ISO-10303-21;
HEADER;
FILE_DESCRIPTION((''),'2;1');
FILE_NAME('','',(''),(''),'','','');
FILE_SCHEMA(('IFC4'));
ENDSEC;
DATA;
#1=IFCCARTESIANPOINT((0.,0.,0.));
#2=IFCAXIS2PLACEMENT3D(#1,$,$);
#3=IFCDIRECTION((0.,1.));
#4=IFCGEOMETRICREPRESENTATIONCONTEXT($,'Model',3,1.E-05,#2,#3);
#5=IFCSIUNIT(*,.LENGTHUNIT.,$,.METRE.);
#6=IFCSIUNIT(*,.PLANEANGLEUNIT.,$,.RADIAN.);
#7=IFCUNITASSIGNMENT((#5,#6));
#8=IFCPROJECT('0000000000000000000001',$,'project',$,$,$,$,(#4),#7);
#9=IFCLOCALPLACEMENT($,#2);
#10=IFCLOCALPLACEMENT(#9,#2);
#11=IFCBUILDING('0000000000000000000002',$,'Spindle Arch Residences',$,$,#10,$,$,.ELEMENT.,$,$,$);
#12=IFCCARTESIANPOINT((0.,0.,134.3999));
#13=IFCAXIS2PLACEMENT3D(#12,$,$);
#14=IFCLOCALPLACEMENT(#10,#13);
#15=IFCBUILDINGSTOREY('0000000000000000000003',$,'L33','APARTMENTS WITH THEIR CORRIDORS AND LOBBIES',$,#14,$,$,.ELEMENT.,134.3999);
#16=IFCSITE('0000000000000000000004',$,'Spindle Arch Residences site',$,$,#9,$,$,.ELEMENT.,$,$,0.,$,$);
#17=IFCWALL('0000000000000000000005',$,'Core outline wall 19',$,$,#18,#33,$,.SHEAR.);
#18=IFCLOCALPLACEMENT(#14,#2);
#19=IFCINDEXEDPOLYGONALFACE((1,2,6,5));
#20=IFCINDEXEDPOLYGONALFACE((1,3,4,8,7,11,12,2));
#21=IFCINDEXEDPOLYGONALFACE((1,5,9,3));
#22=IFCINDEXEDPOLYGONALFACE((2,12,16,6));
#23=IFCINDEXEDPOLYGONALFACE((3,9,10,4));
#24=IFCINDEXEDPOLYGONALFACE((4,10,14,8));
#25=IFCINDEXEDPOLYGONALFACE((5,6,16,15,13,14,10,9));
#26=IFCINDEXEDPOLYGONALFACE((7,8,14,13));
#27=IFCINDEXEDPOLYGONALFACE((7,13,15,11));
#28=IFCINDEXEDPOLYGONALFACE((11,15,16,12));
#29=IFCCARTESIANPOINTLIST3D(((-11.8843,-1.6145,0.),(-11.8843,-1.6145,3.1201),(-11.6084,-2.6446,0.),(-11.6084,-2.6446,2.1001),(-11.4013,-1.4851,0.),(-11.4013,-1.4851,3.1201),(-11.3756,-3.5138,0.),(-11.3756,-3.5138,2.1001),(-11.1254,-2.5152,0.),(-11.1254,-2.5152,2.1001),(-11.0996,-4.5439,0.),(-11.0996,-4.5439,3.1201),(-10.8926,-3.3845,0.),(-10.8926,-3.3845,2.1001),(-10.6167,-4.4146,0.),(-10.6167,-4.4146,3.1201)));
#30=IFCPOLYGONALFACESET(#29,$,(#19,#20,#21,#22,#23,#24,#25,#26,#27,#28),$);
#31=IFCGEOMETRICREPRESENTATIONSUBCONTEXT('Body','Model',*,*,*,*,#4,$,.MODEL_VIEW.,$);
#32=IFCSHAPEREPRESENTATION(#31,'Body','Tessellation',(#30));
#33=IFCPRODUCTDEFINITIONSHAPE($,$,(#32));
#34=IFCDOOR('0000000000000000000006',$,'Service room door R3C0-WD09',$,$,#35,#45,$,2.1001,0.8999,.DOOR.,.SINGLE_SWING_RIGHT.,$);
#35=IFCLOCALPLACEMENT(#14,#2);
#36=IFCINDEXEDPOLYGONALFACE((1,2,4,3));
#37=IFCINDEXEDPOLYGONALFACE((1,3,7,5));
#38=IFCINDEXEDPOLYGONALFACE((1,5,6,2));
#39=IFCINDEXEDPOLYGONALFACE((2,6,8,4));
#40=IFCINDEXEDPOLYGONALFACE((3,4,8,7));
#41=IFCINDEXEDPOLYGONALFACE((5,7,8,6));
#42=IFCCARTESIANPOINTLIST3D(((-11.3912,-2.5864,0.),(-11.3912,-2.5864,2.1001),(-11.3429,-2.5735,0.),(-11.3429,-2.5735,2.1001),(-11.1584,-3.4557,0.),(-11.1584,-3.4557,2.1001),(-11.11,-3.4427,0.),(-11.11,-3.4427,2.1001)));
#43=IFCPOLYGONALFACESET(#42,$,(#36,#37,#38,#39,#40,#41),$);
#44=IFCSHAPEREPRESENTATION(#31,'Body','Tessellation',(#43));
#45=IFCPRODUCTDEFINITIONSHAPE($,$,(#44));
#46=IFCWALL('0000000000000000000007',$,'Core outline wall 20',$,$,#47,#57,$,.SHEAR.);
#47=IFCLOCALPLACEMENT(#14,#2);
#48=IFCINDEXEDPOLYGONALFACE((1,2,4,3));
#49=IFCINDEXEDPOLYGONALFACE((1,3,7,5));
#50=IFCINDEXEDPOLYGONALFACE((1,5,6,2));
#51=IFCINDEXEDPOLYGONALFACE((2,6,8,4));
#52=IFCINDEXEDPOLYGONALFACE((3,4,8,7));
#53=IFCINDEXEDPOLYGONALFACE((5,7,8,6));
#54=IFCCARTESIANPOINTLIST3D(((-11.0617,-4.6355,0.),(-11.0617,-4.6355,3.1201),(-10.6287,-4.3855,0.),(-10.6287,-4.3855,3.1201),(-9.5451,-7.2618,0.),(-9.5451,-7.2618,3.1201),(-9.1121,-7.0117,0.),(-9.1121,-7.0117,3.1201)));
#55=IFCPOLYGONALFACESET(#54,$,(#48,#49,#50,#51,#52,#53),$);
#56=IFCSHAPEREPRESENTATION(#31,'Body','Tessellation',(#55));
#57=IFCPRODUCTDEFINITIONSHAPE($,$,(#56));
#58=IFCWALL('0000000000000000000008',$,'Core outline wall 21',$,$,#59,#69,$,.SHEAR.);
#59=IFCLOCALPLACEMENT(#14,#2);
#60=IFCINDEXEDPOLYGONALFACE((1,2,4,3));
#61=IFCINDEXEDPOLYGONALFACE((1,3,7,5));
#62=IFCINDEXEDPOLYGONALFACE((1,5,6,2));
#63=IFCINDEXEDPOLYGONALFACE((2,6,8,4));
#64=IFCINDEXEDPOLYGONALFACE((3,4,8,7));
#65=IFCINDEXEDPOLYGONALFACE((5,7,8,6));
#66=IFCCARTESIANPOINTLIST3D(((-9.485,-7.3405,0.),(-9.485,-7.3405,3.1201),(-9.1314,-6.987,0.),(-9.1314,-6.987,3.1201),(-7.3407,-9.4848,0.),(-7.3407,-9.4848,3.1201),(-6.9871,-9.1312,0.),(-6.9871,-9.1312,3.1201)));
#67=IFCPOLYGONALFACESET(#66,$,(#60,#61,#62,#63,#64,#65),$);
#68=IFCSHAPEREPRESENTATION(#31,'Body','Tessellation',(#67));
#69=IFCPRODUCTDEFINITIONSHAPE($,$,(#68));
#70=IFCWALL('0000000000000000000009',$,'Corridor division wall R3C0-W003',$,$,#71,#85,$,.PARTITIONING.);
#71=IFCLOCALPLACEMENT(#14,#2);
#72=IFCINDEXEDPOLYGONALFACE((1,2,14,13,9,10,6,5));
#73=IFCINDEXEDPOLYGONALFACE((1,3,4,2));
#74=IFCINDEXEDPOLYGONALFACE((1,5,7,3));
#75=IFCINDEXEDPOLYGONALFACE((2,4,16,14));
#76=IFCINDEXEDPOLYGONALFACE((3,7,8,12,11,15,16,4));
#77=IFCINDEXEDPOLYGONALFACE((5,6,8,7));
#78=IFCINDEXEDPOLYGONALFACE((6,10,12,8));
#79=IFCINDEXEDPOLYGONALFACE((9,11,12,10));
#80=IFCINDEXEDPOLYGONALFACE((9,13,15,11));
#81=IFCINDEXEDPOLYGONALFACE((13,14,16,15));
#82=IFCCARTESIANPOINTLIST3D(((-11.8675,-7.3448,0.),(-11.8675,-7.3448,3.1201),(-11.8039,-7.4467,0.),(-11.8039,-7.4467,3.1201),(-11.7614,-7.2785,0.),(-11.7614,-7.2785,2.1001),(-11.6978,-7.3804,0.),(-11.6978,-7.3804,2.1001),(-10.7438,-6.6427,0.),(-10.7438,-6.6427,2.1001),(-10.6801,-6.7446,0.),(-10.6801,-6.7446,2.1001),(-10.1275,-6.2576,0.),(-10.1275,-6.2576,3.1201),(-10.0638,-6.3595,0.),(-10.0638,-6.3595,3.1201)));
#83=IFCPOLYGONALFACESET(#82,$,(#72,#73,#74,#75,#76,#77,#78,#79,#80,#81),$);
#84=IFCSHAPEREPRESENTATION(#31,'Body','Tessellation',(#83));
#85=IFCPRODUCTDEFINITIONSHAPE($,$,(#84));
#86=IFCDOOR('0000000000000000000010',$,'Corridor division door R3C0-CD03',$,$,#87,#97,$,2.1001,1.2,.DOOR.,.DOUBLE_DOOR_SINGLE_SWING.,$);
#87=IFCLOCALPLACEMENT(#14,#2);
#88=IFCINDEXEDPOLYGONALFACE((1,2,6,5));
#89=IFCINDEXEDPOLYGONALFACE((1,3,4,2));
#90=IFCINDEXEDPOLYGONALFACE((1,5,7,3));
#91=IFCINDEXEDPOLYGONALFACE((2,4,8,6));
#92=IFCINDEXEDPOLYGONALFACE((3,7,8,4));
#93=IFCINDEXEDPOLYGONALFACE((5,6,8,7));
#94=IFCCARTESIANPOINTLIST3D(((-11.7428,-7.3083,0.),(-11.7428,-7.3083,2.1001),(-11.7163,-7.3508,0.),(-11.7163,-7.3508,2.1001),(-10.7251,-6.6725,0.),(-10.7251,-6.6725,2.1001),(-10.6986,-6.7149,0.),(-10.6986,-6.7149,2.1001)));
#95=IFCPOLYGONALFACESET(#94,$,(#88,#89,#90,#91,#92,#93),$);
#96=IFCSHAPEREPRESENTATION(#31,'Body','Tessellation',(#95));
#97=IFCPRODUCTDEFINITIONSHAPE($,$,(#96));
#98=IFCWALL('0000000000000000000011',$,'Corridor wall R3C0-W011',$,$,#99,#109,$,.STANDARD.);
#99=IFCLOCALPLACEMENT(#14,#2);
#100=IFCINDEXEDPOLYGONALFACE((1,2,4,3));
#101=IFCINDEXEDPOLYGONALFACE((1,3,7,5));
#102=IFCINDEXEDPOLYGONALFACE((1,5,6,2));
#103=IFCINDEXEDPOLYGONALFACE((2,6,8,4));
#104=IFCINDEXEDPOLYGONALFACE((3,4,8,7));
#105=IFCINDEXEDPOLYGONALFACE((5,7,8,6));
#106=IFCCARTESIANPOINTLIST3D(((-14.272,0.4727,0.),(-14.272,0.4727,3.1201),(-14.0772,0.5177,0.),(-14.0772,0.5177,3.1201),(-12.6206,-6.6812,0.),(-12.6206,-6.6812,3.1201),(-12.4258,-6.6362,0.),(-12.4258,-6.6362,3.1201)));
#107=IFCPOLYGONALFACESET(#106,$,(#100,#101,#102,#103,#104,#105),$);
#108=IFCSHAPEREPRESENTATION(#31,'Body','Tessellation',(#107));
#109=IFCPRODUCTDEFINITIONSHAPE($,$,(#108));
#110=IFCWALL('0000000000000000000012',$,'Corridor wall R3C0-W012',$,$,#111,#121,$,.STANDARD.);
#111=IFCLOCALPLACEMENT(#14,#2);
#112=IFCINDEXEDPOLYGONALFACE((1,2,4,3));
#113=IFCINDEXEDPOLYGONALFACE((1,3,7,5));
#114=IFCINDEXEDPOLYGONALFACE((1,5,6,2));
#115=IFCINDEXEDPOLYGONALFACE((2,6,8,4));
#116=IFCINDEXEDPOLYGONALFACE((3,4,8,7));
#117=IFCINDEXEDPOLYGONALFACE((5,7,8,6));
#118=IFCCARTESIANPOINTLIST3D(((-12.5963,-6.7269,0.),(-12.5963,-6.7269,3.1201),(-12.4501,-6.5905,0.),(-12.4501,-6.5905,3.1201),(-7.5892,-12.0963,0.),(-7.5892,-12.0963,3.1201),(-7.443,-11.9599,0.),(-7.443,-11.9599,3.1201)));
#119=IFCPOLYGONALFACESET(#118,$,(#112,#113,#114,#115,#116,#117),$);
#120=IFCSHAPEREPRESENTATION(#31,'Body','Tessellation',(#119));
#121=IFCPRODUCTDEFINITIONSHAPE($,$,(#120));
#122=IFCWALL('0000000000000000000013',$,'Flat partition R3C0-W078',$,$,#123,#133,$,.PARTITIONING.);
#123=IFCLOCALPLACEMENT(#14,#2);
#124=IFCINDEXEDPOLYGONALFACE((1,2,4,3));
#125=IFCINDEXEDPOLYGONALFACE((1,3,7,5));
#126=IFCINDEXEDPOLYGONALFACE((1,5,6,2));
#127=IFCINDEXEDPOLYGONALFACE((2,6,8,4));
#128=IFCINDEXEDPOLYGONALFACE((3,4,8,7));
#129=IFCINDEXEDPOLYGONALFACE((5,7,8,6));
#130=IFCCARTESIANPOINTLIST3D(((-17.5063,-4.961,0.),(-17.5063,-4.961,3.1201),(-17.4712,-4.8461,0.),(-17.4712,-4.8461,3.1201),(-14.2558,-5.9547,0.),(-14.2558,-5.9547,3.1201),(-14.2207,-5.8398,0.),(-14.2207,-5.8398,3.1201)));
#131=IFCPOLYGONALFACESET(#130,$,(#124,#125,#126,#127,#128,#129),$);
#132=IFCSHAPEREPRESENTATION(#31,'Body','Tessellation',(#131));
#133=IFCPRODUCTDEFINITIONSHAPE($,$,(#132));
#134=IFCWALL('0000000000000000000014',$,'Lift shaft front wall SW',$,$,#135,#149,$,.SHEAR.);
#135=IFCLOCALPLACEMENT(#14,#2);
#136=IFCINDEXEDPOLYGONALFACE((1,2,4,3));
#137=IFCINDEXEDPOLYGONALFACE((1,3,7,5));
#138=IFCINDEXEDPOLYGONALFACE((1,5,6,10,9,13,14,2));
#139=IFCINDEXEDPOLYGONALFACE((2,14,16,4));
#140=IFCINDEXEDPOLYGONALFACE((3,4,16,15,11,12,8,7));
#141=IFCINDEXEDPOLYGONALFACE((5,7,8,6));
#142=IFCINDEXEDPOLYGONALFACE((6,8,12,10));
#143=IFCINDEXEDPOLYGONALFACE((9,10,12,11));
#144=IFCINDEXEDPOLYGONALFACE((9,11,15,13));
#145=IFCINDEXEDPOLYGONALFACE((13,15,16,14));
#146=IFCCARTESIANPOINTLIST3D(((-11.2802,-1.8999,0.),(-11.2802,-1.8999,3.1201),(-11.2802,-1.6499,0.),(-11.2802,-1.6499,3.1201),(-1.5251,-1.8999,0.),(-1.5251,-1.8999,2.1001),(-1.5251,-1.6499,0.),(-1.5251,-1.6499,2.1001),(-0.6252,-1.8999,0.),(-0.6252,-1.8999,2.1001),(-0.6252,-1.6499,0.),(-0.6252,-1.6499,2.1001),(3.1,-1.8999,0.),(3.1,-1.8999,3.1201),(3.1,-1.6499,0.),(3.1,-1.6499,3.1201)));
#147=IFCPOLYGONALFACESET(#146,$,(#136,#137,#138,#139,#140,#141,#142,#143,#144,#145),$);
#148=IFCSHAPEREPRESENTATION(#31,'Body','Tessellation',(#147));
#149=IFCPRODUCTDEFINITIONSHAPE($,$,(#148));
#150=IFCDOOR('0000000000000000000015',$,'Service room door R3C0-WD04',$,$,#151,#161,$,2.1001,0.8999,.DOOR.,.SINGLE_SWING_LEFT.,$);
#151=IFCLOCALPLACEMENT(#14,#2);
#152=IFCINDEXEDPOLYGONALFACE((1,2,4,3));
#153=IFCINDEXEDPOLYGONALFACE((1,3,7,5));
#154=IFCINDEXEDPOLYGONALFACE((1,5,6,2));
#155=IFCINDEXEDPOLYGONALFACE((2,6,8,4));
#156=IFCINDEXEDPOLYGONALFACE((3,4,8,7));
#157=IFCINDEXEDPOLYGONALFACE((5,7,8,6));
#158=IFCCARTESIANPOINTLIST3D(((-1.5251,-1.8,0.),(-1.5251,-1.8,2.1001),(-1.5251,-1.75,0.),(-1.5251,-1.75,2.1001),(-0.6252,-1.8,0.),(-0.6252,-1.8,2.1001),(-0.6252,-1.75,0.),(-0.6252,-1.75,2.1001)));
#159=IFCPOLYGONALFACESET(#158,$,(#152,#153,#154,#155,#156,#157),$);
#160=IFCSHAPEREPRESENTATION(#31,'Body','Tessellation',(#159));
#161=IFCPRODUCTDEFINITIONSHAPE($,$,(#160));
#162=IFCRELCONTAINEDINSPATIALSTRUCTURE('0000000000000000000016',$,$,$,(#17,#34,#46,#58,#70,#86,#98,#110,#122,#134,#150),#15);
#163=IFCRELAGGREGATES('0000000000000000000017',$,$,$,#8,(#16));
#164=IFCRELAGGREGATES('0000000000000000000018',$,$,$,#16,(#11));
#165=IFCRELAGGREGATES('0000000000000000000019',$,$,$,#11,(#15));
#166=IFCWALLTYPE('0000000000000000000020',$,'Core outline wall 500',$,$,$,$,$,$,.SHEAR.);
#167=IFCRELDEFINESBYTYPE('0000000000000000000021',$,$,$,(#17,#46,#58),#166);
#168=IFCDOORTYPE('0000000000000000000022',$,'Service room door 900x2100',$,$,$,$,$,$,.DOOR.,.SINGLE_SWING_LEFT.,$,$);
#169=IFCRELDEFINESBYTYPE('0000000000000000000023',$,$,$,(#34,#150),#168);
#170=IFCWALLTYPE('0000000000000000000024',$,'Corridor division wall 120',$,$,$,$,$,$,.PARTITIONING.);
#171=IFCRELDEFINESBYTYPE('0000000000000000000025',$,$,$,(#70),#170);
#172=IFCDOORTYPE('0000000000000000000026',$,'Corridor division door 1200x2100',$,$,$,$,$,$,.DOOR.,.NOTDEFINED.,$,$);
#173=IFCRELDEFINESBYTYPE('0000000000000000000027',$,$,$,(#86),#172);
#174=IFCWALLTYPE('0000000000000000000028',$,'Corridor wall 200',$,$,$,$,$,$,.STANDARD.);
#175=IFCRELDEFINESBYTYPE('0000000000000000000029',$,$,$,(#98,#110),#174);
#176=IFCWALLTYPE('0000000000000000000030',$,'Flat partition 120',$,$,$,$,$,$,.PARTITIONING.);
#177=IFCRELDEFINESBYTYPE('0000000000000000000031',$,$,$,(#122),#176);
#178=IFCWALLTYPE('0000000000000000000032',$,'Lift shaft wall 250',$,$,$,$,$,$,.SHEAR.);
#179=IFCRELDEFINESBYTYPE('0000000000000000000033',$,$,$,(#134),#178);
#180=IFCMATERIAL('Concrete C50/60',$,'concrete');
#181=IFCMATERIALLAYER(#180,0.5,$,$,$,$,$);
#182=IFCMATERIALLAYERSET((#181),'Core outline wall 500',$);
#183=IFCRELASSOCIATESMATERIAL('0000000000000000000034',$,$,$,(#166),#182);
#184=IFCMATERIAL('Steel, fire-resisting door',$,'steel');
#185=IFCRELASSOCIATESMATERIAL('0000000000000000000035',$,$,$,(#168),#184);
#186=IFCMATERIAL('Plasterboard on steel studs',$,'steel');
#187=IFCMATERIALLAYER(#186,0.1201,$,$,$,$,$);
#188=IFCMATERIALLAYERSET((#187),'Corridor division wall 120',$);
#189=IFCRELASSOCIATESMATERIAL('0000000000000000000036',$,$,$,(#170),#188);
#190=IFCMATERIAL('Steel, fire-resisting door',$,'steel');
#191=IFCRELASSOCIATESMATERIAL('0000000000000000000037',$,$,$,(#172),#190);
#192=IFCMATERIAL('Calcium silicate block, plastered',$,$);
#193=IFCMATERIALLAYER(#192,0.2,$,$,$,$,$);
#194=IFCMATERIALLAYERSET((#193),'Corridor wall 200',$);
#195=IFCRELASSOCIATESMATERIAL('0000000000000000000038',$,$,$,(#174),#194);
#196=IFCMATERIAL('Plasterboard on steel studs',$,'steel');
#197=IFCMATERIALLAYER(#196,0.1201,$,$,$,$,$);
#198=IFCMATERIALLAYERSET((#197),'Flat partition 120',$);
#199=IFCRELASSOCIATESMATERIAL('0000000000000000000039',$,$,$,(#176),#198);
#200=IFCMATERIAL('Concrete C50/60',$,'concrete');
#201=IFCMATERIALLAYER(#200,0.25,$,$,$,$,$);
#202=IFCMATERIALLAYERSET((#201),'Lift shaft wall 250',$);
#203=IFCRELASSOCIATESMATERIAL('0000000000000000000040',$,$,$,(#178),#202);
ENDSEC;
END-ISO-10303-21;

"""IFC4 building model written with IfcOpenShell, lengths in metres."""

from ifc_helpers import new_model, si_unit, direction, frame, frame_2d, origin, place, context, subcontext, project, spatial, rectangle, extrude, material, layer, layer_set, type_object, element, fill, save


model = new_model("IFC4")

# Units and contexts
model_context = context("Model", 3, precision=1e-05, world=origin(), true_north=direction((0.0, 1.0)))
body_context = subcontext(model_context, "Body", "Model", "MODEL_VIEW")
ifc_project = project(units=[si_unit("LENGTHUNIT", "METRE"), si_unit("PLANEANGLEUNIT", "RADIAN")], contexts=[model_context])

# Site, building, storey
site_placement = place(None, origin())
site = spatial("IfcSite", under=ifc_project, at=site_placement, Name="Spindle Arch Residences site", CompositionType="ELEMENT", RefElevation=0.0)
building_placement = place(site_placement, origin())
building = spatial("IfcBuilding", under=site, at=building_placement, Name="Spindle Arch Residences", CompositionType="ELEMENT")
storey_placement = place(building_placement, frame((0.0, 0.0, 134.3999)))
storey = spatial("IfcBuildingStorey", under=building, at=storey_placement, Name="L33", Description="APARTMENTS WITH THEIR CORRIDORS AND LOBBIES", CompositionType="ELEMENT", Elevation=134.3999)

# Wall, opening, door
ifc_material_1 = material(Name="Concrete C50/60", Category="concrete")
ifc_layer_1 = layer(ifc_material_1, 0.5)
ifc_layer_set_1 = layer_set([ifc_layer_1], Name="Core outline wall 500")
wall_type_1 = type_object("IfcWallType", Name="Core outline wall 500", PredefinedType="SHEAR", material=ifc_layer_set_1)
wall_1_placement = place(storey_placement, frame((-11.6428, -1.5498, 0.0), z_axis=(0.0, 0.0, 1.0), x_axis=(0.258735, -0.965948, 0.0)))
wall_1 = element("IfcWall", 1, at=wall_1_placement, inside=storey, type_object=wall_type_1, Name="Core outline wall 19", PredefinedType="SHEAR", context=body_context, shape_type="SweptSolid", body=[
    extrude(rectangle(XDim=3.0327, YDim=0.5, at=frame_2d((1.5164, 0.0))), origin(), (0.0, 0.0, 1.0), 3.1201),
])
opening_1_placement = place(wall_1_placement, frame((1.0664, 0.0, 0.0)))
opening_1 = element("IfcOpeningElement", 2, at=opening_1_placement, cuts=wall_1, PredefinedType="OPENING", context=body_context, shape_type="SweptSolid", body=[
    extrude(rectangle(XDim=0.8999, YDim=2.1001, at=frame_2d((0.45, 1.05))), frame((0.0, 0.26, 0.0), z_axis=(0.0, -1.0, 0.0), x_axis=(1.0, 0.0, 0.0)), (0.0, 0.0, 1.0), 0.52),
])
ifc_material_2 = material(Name="Steel, fire-resisting door", Category="steel")
door_type_1 = type_object("IfcDoorType", Name="Service room door 900x2100", OperationType="SINGLE_SWING_LEFT", PredefinedType="DOOR", material=ifc_material_2)
door_1_placement = place(opening_1_placement, origin())
door_1 = element("IfcDoor", 3, at=door_1_placement, inside=storey, type_object=door_type_1, Name="Service room door R3C0-WD09", OperationType="SINGLE_SWING_RIGHT", OverallHeight=2.1001, OverallWidth=0.8999, PredefinedType="DOOR", context=body_context, shape_type="SweptSolid", body=[
    extrude(rectangle(XDim=0.8999, YDim=2.1001, at=frame_2d((0.45, 1.05))), frame((0.0, 0.0249, 0.0), z_axis=(0.0, -1.0, 0.0), x_axis=(1.0, 0.0, 0.0)), (0.0, 0.0, 1.0), 0.05),
])
fill(opening_1, door_1)

# Walls
wall_2_placement = place(storey_placement, frame((-10.8452, -4.5105, 0.0), z_axis=(0.0, 0.0, 1.0), x_axis=(0.500087, -0.865975, 0.0)))
element("IfcWall", 4, at=wall_2_placement, inside=storey, type_object=wall_type_1, Name="Core outline wall 20", PredefinedType="SHEAR", context=body_context, shape_type="SweptSolid", body=[
    extrude(rectangle(XDim=3.0327, YDim=0.5, at=frame_2d((1.5164, 0.0))), origin(), (0.0, 0.0, 1.0), 3.1201),
])
wall_3_placement = place(storey_placement, frame((-9.3081, -7.1638, 0.0), z_axis=(0.0, 0.0, 1.0), x_axis=(0.707107, -0.707107, 0.0)))
element("IfcWall", 5, at=wall_3_placement, inside=storey, type_object=wall_type_1, Name="Core outline wall 21", PredefinedType="SHEAR", context=body_context, shape_type="SweptSolid", body=[
    extrude(rectangle(XDim=3.0325, YDim=0.5, at=frame_2d((1.5161, 0.0))), origin(), (0.0, 0.0, 1.0), 3.1201),
])

# Wall, opening, door
ifc_material_3 = material(Name="Plasterboard on steel studs", Category="steel")
ifc_layer_2 = layer(ifc_material_3, 0.1201)
ifc_layer_set_2 = layer_set([ifc_layer_2], Name="Corridor division wall 120")
wall_type_2 = type_object("IfcWallType", Name="Corridor division wall 120", PredefinedType="PARTITIONING", material=ifc_layer_set_2)
wall_4_placement = place(storey_placement, frame((-11.8357, -7.3958, 0.0), z_axis=(0.0, 0.0, 1.0), x_axis=(0.848072, 0.529881, 0.0)))
wall_4 = element("IfcWall", 6, at=wall_4_placement, inside=storey, type_object=wall_type_2, Name="Corridor division wall R3C0-W003", PredefinedType="PARTITIONING", context=body_context, shape_type="SweptSolid", body=[
    extrude(rectangle(XDim=2.0518, YDim=0.1201, at=frame_2d((1.0259, 0.0))), origin(), (0.0, 0.0, 1.0), 3.1201),
])
opening_2_placement = place(wall_4_placement, frame((0.125, 0.0, 0.0)))
opening_2 = element("IfcOpeningElement", 7, at=opening_2_placement, cuts=wall_4, PredefinedType="OPENING", context=body_context, shape_type="SweptSolid", body=[
    extrude(rectangle(XDim=1.2, YDim=2.1001, at=frame_2d((0.6001, 1.05))), frame((0.0, 0.0701, 0.0), z_axis=(0.0, -1.0, 0.0), x_axis=(1.0, 0.0, 0.0)), (0.0, 0.0, 1.0), 0.1401),
])
ifc_material_4 = material(Name="Steel, fire-resisting door", Category="steel")
door_type_2 = type_object("IfcDoorType", Name="Corridor division door 1200x2100", OperationType="NOTDEFINED", PredefinedType="DOOR", material=ifc_material_4)
door_2_placement = place(opening_2_placement, origin())
door_2 = element("IfcDoor", 8, at=door_2_placement, inside=storey, type_object=door_type_2, Name="Corridor division door R3C0-CD03", OperationType="DOUBLE_DOOR_SINGLE_SWING", OverallHeight=2.1001, OverallWidth=1.2, PredefinedType="DOOR", context=body_context, shape_type="SweptSolid", body=[
    extrude(rectangle(XDim=1.2, YDim=2.1001, at=frame_2d((0.6001, 1.05))), frame((0.0, 0.0249, 0.0), z_axis=(0.0, -1.0, 0.0), x_axis=(1.0, 0.0, 0.0)), (0.0, 0.0, 1.0), 0.05),
])
fill(opening_2, door_2)

# Walls
ifc_material_5 = material(Name="Calcium silicate block, plastered")
ifc_layer_3 = layer(ifc_material_5, 0.2)
ifc_layer_set_3 = layer_set([ifc_layer_3], Name="Corridor wall 200")
wall_type_3 = type_object("IfcWallType", Name="Corridor wall 200", PredefinedType="STANDARD", material=ifc_layer_set_3)
wall_5_placement = place(storey_placement, frame((-14.1746, 0.4951, 0.0), z_axis=(0.0, 0.0, 1.0), x_axis=(0.224923, -0.974377, 0.0)))
element("IfcWall", 9, at=wall_5_placement, inside=storey, type_object=wall_type_3, Name="Corridor wall R3C0-W011", PredefinedType="STANDARD", context=body_context, shape_type="SweptSolid", body=[
    extrude(rectangle(XDim=7.342, YDim=0.2, at=frame_2d((3.6709, 0.0))), origin(), (0.0, 0.0, 1.0), 3.1201),
])
wall_6_placement = place(storey_placement, frame((-12.5232, -6.6587, 0.0), z_axis=(0.0, 0.0, 1.0), x_axis=(0.682002, -0.73135, 0.0)))
element("IfcWall", 10, at=wall_6_placement, inside=storey, type_object=wall_type_3, Name="Corridor wall R3C0-W012", PredefinedType="STANDARD", context=body_context, shape_type="SweptSolid", body=[
    extrude(rectangle(XDim=7.3418, YDim=0.2, at=frame_2d((3.6709, 0.0))), origin(), (0.0, 0.0, 1.0), 3.1201),
])
ifc_material_6 = material(Name="Plasterboard on steel studs", Category="steel")
ifc_layer_4 = layer(ifc_material_6, 0.1201)
ifc_layer_set_4 = layer_set([ifc_layer_4], Name="Flat partition 120")
wall_type_4 = type_object("IfcWallType", Name="Flat partition 120", PredefinedType="PARTITIONING", material=ifc_layer_set_4)
wall_7_placement = place(storey_placement, frame((-14.2383, -5.8972, 0.0), z_axis=(0.0, 0.0, 1.0), x_axis=(-0.956315, 0.292339, 0.0)))
element("IfcWall", 11, at=wall_7_placement, inside=storey, type_object=wall_type_4, Name="Flat partition R3C0-W078", PredefinedType="PARTITIONING", context=body_context, shape_type="SweptSolid", body=[
    extrude(rectangle(XDim=3.3989, YDim=0.1201, at=frame_2d((1.6995, 0.0))), origin(), (0.0, 0.0, 1.0), 3.1201),
])

# Wall, opening, door
ifc_material_7 = material(Name="Concrete C50/60", Category="concrete")
ifc_layer_5 = layer(ifc_material_7, 0.25)
ifc_layer_set_5 = layer_set([ifc_layer_5], Name="Lift shaft wall 250")
wall_type_5 = type_object("IfcWallType", Name="Lift shaft wall 250", PredefinedType="SHEAR", material=ifc_layer_set_5)
wall_8_placement = place(storey_placement, frame((-11.28, -1.7749, 0.0), z_axis=(0.0, 0.0, 1.0), x_axis=(1.0, 0.0, 0.0)))
wall_8 = element("IfcWall", 12, at=wall_8_placement, inside=storey, type_object=wall_type_5, Name="Lift shaft front wall SW", PredefinedType="SHEAR", context=body_context, shape_type="SweptSolid", body=[
    extrude(rectangle(XDim=14.3801, YDim=0.25, at=frame_2d((7.1899, 0.0))), origin(), (0.0, 0.0, 1.0), 3.1201),
])
opening_3_placement = place(wall_8_placement, frame((9.7549, 0.0, 0.0)))
opening_3 = element("IfcOpeningElement", 13, at=opening_3_placement, cuts=wall_8, PredefinedType="OPENING", context=body_context, shape_type="SweptSolid", body=[
    extrude(rectangle(XDim=0.8999, YDim=2.1001, at=frame_2d((0.45, 1.05))), frame((0.0, 0.135, 0.0), z_axis=(0.0, -1.0, 0.0), x_axis=(1.0, 0.0, 0.0)), (0.0, 0.0, 1.0), 0.27),
])
door_3_placement = place(opening_3_placement, origin())
door_3 = element("IfcDoor", 14, at=door_3_placement, inside=storey, type_object=door_type_1, Name="Service room door R3C0-WD04", OperationType="SINGLE_SWING_LEFT", OverallHeight=2.1001, OverallWidth=0.8999, PredefinedType="DOOR", context=body_context, shape_type="SweptSolid", body=[
    extrude(rectangle(XDim=0.8999, YDim=2.1001, at=frame_2d((0.45, 1.05))), frame((0.0, 0.0249, 0.0), z_axis=(0.0, -1.0, 0.0), x_axis=(1.0, 0.0, 0.0)), (0.0, 0.0, 1.0), 0.05),
])
fill(opening_3, door_3)

save(model, "model.ifc")
